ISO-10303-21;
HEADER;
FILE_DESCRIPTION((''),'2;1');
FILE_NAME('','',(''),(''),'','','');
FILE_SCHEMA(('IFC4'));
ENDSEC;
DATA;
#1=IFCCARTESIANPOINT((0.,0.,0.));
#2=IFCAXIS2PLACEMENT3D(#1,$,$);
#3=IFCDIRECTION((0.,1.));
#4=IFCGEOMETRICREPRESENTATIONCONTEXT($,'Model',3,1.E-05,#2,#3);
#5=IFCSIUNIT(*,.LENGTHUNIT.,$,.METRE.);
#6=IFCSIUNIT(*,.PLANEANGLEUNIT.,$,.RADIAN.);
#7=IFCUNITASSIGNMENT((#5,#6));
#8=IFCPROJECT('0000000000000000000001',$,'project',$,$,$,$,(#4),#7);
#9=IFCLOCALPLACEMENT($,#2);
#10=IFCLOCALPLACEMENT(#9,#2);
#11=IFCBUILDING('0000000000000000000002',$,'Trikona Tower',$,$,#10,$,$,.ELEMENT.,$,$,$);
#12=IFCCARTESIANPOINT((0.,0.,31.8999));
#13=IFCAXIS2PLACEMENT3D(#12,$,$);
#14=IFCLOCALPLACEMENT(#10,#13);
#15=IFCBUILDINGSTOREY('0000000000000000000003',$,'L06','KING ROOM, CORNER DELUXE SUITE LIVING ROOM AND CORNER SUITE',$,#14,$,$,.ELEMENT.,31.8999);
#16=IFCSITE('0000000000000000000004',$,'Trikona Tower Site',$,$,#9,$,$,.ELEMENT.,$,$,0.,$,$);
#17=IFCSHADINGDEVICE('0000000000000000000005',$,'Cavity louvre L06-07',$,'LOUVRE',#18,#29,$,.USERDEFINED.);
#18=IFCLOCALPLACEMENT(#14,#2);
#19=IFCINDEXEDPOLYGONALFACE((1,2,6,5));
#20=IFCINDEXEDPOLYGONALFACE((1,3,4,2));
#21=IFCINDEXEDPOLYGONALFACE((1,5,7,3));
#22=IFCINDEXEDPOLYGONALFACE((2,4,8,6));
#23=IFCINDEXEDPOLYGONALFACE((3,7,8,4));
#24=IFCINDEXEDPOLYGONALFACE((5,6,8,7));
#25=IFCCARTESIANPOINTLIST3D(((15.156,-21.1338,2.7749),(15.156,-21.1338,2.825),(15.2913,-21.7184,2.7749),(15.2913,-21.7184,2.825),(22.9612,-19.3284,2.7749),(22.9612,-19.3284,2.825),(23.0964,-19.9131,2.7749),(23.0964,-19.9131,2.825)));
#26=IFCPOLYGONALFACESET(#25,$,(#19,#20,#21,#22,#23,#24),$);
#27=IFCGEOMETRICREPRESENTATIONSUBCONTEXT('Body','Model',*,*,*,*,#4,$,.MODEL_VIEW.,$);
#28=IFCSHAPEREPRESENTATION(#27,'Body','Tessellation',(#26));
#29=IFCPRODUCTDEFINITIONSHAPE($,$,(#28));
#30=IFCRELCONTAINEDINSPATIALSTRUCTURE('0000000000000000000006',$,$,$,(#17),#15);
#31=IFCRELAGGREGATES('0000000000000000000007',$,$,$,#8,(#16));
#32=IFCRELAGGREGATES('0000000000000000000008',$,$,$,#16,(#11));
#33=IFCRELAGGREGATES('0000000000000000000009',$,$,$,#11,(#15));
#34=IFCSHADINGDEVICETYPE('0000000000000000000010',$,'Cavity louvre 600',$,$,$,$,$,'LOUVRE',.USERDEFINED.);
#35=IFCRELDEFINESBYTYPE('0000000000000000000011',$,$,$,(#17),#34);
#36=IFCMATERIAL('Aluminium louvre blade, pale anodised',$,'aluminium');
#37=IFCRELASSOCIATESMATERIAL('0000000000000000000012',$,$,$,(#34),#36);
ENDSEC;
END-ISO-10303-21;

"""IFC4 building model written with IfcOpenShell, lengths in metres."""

from ifc_helpers import new_model, si_unit, direction, frame, origin, origin_2d, place, context, subcontext, project, spatial, rectangle, extrude, material, type_object, element, save


model = new_model("IFC4")

# Units and contexts
model_context = context("Model", 3, precision=1e-05, world=origin(), true_north=direction((0.0, 1.0)))
body_context = subcontext(model_context, "Body", "Model", "MODEL_VIEW")
ifc_project = project(units=[si_unit("LENGTHUNIT", "METRE"), si_unit("PLANEANGLEUNIT", "RADIAN")], contexts=[model_context])

# Site, building, storey
site_placement = place(None, origin())
site = spatial("IfcSite", under=ifc_project, at=site_placement, Name="Trikona Tower Site", CompositionType="ELEMENT", RefElevation=0.0)
building_placement = place(site_placement, origin())
building = spatial("IfcBuilding", under=site, at=building_placement, Name="Trikona Tower", CompositionType="ELEMENT")
storey_placement = place(building_placement, frame((0.0, 0.0, 31.8999)))
storey = spatial("IfcBuildingStorey", under=building, at=storey_placement, Name="L06", Description="KING ROOM, CORNER DELUXE SUITE LIVING ROOM AND CORNER SUITE", CompositionType="ELEMENT", Elevation=31.8999)

# Shading device
ifc_material_1 = material(Name="Aluminium louvre blade, pale anodised", Category="aluminium")
shading_device_type = type_object("IfcShadingDeviceType", Name="Cavity louvre 600", ElementType="LOUVRE", PredefinedType="USERDEFINED", material=ifc_material_1)
shading_device_placement = place(storey_placement, frame((19.1262, -20.5234, 2.7749), z_axis=(0.0, 0.0, 1.0), x_axis=(0.974278, 0.225351, 0.0)))
element("IfcShadingDevice", 1, at=shading_device_placement, inside=storey, type_object=shading_device_type, Name="Cavity louvre L06-07", ObjectType="LOUVRE", PredefinedType="USERDEFINED", context=body_context, shape_type="SweptSolid", body=[
    extrude(rectangle(XDim=8.0112, YDim=0.6001, at=origin_2d()), origin(), (0.0, 0.0, 1.0), 0.05),
])

save(model, "model.ifc")
